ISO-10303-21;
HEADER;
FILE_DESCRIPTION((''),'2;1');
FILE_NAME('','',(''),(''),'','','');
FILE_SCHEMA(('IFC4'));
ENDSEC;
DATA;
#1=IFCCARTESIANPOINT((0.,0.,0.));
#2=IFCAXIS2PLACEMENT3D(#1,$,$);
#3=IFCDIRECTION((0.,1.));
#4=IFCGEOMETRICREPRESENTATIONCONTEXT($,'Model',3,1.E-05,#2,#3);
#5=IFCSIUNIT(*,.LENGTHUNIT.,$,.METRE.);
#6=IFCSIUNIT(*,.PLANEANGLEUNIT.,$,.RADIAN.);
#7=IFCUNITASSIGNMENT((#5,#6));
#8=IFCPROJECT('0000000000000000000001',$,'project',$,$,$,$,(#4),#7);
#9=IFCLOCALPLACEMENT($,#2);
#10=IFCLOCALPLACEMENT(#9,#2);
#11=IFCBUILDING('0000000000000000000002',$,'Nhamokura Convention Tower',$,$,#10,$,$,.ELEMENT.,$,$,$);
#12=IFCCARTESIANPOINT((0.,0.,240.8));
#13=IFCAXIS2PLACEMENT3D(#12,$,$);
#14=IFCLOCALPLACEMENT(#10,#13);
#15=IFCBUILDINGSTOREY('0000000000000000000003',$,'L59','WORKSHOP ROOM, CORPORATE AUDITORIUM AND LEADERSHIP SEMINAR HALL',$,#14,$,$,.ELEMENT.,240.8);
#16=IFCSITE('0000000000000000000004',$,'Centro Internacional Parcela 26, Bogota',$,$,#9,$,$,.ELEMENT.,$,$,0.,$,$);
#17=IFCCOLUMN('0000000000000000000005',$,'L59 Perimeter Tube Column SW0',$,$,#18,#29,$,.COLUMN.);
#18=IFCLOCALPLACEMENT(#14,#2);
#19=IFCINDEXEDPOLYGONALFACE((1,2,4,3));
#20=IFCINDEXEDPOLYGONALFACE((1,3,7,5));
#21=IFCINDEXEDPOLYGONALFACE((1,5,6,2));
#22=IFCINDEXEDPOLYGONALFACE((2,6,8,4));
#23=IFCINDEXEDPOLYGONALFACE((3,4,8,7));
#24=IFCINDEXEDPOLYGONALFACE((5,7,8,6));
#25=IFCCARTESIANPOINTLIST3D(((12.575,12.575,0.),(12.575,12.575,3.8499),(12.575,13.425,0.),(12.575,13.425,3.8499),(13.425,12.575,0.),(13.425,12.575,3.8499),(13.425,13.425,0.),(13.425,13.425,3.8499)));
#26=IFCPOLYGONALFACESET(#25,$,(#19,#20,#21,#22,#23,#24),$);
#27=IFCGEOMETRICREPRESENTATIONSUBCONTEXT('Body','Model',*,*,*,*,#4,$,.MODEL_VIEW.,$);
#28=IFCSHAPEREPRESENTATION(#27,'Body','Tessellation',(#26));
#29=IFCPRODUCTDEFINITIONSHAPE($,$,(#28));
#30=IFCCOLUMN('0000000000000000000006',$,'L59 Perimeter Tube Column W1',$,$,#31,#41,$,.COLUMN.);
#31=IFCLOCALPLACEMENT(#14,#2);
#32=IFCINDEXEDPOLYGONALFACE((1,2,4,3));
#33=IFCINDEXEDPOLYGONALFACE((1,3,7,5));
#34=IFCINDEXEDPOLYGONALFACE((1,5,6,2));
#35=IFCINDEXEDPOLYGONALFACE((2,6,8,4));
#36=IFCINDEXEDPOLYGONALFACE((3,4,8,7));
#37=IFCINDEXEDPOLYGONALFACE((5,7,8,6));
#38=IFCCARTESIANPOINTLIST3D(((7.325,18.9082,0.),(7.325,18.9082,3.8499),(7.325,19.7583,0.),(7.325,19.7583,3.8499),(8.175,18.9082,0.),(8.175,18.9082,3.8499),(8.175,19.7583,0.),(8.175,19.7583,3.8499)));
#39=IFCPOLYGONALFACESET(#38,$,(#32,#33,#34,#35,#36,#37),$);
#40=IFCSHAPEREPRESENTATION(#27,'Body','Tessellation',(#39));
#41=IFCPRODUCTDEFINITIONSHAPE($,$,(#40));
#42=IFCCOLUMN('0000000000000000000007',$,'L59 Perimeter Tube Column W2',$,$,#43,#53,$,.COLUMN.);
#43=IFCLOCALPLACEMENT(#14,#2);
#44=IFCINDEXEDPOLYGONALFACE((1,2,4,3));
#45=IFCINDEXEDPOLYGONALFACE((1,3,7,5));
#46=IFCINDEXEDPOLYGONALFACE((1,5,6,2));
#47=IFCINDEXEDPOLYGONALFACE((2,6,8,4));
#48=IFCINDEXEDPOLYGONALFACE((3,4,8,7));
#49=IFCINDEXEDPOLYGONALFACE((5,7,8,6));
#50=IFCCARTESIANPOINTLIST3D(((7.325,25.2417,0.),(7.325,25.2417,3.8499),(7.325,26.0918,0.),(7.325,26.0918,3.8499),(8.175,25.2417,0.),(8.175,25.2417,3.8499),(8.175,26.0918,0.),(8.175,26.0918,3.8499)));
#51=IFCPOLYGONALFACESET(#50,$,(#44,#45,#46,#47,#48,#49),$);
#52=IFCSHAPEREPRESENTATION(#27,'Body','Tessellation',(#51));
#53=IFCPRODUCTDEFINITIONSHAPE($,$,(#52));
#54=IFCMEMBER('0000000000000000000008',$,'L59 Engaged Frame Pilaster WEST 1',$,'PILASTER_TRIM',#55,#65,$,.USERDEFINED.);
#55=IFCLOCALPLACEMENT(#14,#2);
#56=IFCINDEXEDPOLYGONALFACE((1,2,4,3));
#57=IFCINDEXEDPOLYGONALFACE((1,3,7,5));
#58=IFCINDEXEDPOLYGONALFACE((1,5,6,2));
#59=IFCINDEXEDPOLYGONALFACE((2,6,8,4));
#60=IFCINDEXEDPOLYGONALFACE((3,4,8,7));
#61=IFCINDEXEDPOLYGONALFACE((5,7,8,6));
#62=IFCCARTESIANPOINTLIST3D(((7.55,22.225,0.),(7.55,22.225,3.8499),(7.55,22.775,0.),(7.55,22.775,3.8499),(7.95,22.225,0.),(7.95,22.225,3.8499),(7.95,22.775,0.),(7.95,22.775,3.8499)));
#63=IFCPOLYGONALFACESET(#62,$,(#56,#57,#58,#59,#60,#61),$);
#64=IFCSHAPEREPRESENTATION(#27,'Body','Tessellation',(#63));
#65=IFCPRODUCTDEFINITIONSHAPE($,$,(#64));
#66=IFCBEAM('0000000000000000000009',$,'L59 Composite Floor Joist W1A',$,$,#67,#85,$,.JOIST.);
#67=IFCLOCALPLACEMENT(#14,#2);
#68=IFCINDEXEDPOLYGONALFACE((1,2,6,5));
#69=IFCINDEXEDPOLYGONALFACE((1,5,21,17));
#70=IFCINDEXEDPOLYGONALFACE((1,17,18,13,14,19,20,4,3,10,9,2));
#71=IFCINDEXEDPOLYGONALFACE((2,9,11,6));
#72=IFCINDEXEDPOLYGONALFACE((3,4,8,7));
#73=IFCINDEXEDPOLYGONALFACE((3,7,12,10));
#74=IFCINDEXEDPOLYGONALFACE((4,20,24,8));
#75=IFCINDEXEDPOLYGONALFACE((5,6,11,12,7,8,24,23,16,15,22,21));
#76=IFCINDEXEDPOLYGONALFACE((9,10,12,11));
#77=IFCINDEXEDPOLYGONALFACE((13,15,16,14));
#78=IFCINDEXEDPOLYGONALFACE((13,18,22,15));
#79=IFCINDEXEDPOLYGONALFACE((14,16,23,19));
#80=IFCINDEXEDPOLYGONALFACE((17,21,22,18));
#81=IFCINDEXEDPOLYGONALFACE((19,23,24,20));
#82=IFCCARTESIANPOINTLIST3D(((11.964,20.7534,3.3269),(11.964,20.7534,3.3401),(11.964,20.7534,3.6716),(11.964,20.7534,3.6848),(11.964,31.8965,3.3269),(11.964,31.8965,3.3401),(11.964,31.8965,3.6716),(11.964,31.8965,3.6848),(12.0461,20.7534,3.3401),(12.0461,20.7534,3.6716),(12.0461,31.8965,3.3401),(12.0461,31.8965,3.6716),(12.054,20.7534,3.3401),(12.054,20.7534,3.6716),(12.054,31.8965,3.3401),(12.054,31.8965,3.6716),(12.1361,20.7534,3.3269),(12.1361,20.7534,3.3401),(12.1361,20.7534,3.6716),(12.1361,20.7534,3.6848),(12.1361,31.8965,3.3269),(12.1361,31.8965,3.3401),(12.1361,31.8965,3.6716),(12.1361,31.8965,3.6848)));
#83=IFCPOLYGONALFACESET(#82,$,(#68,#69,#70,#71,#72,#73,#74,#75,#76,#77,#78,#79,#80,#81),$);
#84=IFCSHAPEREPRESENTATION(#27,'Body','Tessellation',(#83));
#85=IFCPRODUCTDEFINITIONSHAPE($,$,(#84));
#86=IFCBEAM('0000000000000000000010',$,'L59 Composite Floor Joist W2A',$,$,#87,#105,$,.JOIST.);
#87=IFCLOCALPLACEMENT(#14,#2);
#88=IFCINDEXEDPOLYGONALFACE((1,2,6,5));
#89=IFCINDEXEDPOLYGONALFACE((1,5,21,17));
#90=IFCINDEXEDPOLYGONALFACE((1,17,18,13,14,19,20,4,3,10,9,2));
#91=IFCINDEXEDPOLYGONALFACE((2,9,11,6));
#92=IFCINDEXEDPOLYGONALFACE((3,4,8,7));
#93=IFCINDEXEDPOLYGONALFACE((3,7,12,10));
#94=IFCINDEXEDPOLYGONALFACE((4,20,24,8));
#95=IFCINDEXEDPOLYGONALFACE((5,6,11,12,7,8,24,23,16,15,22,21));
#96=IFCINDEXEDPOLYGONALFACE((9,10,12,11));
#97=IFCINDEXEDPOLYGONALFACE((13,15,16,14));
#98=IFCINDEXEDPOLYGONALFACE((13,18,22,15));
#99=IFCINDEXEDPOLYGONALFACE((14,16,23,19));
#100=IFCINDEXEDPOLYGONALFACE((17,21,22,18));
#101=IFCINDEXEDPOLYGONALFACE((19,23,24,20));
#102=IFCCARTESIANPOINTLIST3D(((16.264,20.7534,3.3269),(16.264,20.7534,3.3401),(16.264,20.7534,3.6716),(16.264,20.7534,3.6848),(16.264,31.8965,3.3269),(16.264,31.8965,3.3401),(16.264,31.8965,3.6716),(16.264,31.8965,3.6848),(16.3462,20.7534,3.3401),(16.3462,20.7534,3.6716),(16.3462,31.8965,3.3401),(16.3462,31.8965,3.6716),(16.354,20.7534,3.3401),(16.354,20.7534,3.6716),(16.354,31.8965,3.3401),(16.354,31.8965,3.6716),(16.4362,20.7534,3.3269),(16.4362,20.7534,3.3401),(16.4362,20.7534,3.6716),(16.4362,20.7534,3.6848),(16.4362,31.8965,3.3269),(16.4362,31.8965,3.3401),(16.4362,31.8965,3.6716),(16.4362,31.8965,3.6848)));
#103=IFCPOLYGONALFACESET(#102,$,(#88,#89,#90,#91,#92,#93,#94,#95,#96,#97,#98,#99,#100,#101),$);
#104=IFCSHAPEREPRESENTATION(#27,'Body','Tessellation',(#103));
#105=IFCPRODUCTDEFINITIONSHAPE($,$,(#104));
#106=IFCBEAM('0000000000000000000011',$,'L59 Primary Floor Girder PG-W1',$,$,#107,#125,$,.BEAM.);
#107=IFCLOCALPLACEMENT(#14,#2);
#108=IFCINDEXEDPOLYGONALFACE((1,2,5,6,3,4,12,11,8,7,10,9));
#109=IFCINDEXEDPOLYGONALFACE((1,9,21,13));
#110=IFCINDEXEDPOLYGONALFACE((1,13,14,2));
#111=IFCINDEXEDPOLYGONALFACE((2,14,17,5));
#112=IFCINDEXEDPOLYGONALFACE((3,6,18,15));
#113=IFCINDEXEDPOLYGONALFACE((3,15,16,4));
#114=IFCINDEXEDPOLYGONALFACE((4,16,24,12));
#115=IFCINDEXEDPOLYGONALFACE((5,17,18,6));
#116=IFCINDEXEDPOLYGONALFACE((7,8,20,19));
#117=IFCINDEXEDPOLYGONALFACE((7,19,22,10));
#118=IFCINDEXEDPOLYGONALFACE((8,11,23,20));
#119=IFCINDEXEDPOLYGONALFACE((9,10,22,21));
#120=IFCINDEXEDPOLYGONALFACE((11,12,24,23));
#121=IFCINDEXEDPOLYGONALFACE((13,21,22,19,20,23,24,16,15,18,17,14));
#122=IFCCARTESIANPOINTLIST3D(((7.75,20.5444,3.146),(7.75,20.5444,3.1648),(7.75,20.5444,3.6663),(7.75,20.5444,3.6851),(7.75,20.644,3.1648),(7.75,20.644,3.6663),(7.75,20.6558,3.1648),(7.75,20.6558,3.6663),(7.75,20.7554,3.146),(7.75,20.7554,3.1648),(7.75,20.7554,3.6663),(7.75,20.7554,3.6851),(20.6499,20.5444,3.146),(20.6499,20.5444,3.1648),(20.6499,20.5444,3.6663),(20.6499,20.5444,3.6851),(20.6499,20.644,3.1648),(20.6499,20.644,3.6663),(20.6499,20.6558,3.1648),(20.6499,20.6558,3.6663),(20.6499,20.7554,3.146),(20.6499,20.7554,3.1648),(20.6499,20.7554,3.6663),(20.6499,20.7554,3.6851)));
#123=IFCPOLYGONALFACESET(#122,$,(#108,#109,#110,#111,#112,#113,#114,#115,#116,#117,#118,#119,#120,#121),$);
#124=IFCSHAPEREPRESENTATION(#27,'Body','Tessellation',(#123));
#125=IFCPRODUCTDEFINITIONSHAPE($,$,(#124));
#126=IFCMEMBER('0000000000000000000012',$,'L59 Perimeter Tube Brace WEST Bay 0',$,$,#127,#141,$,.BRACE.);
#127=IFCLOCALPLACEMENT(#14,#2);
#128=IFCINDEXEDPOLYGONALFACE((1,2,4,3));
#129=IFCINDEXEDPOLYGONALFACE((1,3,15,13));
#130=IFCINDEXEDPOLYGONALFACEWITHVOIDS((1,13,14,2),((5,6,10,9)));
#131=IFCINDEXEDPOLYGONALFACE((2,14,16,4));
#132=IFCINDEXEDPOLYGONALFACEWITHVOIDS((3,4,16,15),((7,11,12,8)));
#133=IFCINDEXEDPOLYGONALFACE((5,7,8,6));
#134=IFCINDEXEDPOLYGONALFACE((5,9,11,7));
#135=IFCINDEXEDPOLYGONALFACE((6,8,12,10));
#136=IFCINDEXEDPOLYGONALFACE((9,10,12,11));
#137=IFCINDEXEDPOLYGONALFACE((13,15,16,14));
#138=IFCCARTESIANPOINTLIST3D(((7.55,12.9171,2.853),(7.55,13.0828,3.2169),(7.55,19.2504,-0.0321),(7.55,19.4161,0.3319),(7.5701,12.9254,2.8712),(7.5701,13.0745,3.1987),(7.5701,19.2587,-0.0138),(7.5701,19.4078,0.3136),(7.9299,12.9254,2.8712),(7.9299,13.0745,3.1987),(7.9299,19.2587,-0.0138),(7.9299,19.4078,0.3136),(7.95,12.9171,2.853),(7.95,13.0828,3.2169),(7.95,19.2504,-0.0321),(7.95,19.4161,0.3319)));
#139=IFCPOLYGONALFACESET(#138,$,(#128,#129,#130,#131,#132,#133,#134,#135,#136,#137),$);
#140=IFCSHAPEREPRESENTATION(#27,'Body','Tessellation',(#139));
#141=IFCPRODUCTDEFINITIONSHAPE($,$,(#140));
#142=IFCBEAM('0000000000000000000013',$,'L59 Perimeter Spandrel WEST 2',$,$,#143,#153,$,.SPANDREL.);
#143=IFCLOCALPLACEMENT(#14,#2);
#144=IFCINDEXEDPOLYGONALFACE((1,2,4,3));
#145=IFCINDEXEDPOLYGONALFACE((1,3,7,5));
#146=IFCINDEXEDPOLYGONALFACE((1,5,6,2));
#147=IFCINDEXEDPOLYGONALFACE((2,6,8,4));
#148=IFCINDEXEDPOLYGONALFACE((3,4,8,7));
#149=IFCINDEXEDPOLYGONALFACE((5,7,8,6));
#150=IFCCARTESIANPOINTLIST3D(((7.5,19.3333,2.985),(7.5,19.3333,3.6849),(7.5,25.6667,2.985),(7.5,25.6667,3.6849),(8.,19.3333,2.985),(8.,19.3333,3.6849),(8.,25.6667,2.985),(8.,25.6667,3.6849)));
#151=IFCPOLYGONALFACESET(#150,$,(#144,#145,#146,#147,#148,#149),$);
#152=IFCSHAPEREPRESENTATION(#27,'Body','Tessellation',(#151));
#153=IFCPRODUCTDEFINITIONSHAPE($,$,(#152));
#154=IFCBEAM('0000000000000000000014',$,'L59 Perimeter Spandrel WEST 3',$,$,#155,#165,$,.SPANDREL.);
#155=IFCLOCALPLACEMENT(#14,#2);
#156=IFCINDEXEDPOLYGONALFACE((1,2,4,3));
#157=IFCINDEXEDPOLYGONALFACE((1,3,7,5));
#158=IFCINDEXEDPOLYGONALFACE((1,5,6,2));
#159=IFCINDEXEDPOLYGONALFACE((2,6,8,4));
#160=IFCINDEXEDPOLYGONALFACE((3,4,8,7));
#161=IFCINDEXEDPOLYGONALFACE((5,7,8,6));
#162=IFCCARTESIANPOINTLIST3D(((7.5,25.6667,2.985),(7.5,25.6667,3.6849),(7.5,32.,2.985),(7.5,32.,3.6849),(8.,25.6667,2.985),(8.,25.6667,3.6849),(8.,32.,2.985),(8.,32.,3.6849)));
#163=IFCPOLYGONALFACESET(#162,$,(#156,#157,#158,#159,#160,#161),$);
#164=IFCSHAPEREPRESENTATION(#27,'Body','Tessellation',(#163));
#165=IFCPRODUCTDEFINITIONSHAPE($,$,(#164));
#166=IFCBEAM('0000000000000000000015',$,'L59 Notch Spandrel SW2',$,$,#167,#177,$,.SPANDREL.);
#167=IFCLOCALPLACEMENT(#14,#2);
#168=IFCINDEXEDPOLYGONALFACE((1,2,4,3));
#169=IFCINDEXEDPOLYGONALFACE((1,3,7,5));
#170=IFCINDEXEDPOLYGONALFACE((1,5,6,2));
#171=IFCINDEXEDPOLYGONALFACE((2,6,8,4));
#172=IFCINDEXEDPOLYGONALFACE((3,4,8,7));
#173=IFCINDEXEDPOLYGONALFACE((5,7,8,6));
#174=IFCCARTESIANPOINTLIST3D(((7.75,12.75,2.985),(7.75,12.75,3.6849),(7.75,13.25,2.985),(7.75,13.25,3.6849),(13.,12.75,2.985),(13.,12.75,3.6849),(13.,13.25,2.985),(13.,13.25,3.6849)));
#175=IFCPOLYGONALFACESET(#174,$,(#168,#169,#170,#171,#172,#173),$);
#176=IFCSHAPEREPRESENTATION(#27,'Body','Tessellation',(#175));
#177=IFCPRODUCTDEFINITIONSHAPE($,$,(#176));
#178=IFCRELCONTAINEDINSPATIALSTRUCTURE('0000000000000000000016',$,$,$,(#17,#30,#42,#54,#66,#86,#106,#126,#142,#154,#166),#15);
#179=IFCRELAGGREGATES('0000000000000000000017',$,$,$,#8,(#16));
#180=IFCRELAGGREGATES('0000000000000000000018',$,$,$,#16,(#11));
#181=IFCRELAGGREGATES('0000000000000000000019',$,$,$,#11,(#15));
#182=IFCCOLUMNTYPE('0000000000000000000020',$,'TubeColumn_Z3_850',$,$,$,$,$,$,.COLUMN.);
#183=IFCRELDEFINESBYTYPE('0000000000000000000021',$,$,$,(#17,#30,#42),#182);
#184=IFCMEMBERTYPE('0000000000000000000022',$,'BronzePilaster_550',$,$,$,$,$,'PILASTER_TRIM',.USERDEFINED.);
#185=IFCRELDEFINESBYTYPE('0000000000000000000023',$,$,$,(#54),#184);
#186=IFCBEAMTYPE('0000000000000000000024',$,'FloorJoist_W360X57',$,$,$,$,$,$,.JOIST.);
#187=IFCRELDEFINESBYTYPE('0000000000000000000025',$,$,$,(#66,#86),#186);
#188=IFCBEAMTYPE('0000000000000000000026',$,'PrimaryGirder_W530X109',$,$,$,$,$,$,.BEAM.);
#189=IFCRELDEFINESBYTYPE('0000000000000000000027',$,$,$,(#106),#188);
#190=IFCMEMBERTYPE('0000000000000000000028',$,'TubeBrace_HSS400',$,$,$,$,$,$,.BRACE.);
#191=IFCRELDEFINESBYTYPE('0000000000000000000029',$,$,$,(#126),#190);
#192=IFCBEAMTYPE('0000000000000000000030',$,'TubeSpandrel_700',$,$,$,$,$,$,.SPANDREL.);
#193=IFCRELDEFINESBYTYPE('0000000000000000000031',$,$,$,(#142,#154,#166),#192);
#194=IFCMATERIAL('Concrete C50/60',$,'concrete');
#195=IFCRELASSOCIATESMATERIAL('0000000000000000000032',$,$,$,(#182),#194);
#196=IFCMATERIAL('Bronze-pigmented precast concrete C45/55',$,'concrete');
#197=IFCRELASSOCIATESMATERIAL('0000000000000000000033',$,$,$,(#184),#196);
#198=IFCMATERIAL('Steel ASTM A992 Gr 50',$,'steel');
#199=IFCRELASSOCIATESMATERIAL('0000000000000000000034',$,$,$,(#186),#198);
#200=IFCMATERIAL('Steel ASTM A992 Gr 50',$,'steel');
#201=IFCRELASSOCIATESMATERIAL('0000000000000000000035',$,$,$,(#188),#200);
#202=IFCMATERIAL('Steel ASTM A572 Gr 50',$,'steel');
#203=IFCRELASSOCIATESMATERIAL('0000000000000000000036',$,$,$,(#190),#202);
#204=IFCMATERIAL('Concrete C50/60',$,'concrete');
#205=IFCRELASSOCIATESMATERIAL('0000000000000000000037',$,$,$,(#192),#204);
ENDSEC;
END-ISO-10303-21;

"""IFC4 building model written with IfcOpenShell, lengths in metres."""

from ifc_helpers import new_model, si_unit, direction, frame, origin, origin_2d, place, context, subcontext, project, spatial, rectangle, hollow_rectangle, i_section, extrude, material, material_profile, profile_set, type_object, element, save


model = new_model("IFC4")

# Units and contexts
model_context = context("Model", 3, precision=1e-05, world=origin(), true_north=direction((0.0, 1.0)))
body_context = subcontext(model_context, "Body", "Model", "MODEL_VIEW")
ifc_project = project(units=[si_unit("LENGTHUNIT", "METRE"), si_unit("PLANEANGLEUNIT", "RADIAN")], contexts=[model_context])

# Site, building, storey
site_placement = place(None, origin())
site = spatial("IfcSite", under=ifc_project, at=site_placement, Name="Centro Internacional Parcela 26, Bogota", CompositionType="ELEMENT", RefElevation=0.0)
building_placement = place(site_placement, origin())
building = spatial("IfcBuilding", under=site, at=building_placement, Name="Nhamokura Convention Tower", CompositionType="ELEMENT")
storey_placement = place(building_placement, frame((0.0, 0.0, 240.8)))
storey = spatial("IfcBuildingStorey", under=building, at=storey_placement, Name="L59", Description="WORKSHOP ROOM, CORPORATE AUDITORIUM AND LEADERSHIP SEMINAR HALL", CompositionType="ELEMENT", Elevation=240.8)

# Columns
ifc_material_1 = material(Name="Concrete C50/60", Category="concrete")
ifc_material_profile_1 = material_profile(ifc_material_1, rectangle(XDim=0.8501, YDim=0.8501, at=origin_2d()))
ifc_profile_set_1 = profile_set([ifc_material_profile_1], Name="Concrete C50/60")
column_type = type_object("IfcColumnType", Name="TubeColumn_Z3_850", PredefinedType="COLUMN", material=ifc_profile_set_1)
for number, where, z_axis, x_axis, name in (
    (1, (13.0, 13.0, 0.0), (0.0, 0.0, 1.0), (1.0, 0.0, 0.0), "L59 Perimeter Tube Column SW0"),
    (2, (7.75, 19.3333, 0.0), (0.0, 0.0, 1.0), (1.0, 0.0, 0.0), "L59 Perimeter Tube Column W1"),
    (3, (7.75, 25.6667, 0.0), (0.0, 0.0, 1.0), (1.0, 0.0, 0.0), "L59 Perimeter Tube Column W2"),
):
    element("IfcColumn", number, at=place(storey_placement, frame(where, z_axis=z_axis, x_axis=x_axis)), inside=storey, type_object=column_type, Name=name, PredefinedType="COLUMN", context=body_context, shape_type="SweptSolid", body=[
        extrude(rectangle(XDim=0.8501, YDim=0.8501, at=origin_2d()), origin(), (0.0, 0.0, 1.0), 3.8499),
    ])

# Member
ifc_material_2 = material(Name="Bronze-pigmented precast concrete C45/55", Category="concrete")
ifc_material_profile_2 = material_profile(ifc_material_2, rectangle(XDim=0.3999, YDim=0.55, at=origin_2d()))
ifc_profile_set_2 = profile_set([ifc_material_profile_2], Name="Bronze-pigmented precast concrete C45/55")
member_type_1 = type_object("IfcMemberType", Name="BronzePilaster_550", ElementType="PILASTER_TRIM", PredefinedType="USERDEFINED", material=ifc_profile_set_2)
member_1_placement = place(storey_placement, frame((7.75, 22.5, 0.0), z_axis=(0.0, 0.0, 1.0), x_axis=(1.0, 0.0, 0.0)))
element("IfcMember", 4, at=member_1_placement, inside=storey, type_object=member_type_1, Name="L59 Engaged Frame Pilaster WEST 1", ObjectType="PILASTER_TRIM", PredefinedType="USERDEFINED", context=body_context, shape_type="SweptSolid", body=[
    extrude(rectangle(XDim=0.3999, YDim=0.55, at=origin_2d()), origin(), (0.0, 0.0, 1.0), 3.8499),
])

# Beams
ifc_material_3 = material(Name="Steel ASTM A992 Gr 50", Category="steel")
ifc_material_profile_3 = material_profile(ifc_material_3, i_section(OverallWidth=0.1721, OverallDepth=0.3579, WebThickness=0.0078, FlangeThickness=0.0132, at=origin_2d()))
ifc_profile_set_3 = profile_set([ifc_material_profile_3], Name="Steel ASTM A992 Gr 50")
beam_type_1 = type_object("IfcBeamType", Name="FloorJoist_W360X57", PredefinedType="JOIST", material=ifc_profile_set_3)
for number, where, z_axis, x_axis, name in (
    (5, (12.05, 20.7534, 3.5059), (0.0, 1.0, 0.0), (-1.0, 0.0, 0.0), "L59 Composite Floor Joist W1A"),
    (6, (16.3501, 20.7534, 3.5059), (0.0, 1.0, 0.0), (-1.0, 0.0, 0.0), "L59 Composite Floor Joist W2A"),
):
    element("IfcBeam", number, at=place(storey_placement, frame(where, z_axis=z_axis, x_axis=x_axis)), inside=storey, type_object=beam_type_1, Name=name, PredefinedType="JOIST", context=body_context, shape_type="SweptSolid", body=[
        extrude(i_section(OverallWidth=0.1721, OverallDepth=0.3579, WebThickness=0.0078, FlangeThickness=0.0132, at=origin_2d()), origin(), (0.0, 0.0, 1.0), 11.1431),
    ])
ifc_material_4 = material(Name="Steel ASTM A992 Gr 50", Category="steel")
ifc_material_profile_4 = material_profile(ifc_material_4, i_section(OverallWidth=0.2109, OverallDepth=0.5391, WebThickness=0.0117, FlangeThickness=0.0188, at=origin_2d()))
ifc_profile_set_4 = profile_set([ifc_material_profile_4], Name="Steel ASTM A992 Gr 50")
beam_type_2 = type_object("IfcBeamType", Name="PrimaryGirder_W530X109", PredefinedType="BEAM", material=ifc_profile_set_4)
beam_1_placement = place(storey_placement, frame((7.75, 20.6499, 3.4155), z_axis=(1.0, 0.0, 0.0), x_axis=(0.0, 1.0, 0.0)))
element("IfcBeam", 7, at=beam_1_placement, inside=storey, type_object=beam_type_2, Name="L59 Primary Floor Girder PG-W1", PredefinedType="BEAM", context=body_context, shape_type="SweptSolid", body=[
    extrude(i_section(OverallWidth=0.2109, OverallDepth=0.5391, WebThickness=0.0117, FlangeThickness=0.0188, at=origin_2d()), origin(), (0.0, 0.0, 1.0), 12.8999),
])

# Member
ifc_material_5 = material(Name="Steel ASTM A572 Gr 50", Category="steel")
ifc_material_profile_5 = material_profile(ifc_material_5, hollow_rectangle(XDim=0.3999, YDim=0.3999, WallThickness=0.02, at=origin_2d()))
ifc_profile_set_5 = profile_set([ifc_material_profile_5], Name="Steel ASTM A572 Gr 50")
member_type_2 = type_object("IfcMemberType", Name="TubeBrace_HSS400", PredefinedType="BRACE", material=ifc_profile_set_5)
member_2_placement = place(storey_placement, frame((7.75, 19.3333, 0.1499), z_axis=(0.0, -0.910027, 0.414548), x_axis=(1.0, 0.0, 0.0)))
element("IfcMember", 8, at=member_2_placement, inside=storey, type_object=member_type_2, Name="L59 Perimeter Tube Brace WEST Bay 0", PredefinedType="BRACE", context=body_context, shape_type="SweptSolid", body=[
    extrude(hollow_rectangle(XDim=0.3999, YDim=0.3999, WallThickness=0.02, at=origin_2d()), origin(), (0.0, 0.0, 1.0), 6.9595),
])

# Beams
ifc_material_6 = material(Name="Concrete C50/60", Category="concrete")
ifc_material_profile_6 = material_profile(ifc_material_6, rectangle(XDim=0.5, YDim=0.7, at=origin_2d()))
ifc_profile_set_6 = profile_set([ifc_material_profile_6], Name="Concrete C50/60")
beam_type_3 = type_object("IfcBeamType", Name="TubeSpandrel_700", PredefinedType="SPANDREL", material=ifc_profile_set_6)
beam_2_placement = place(storey_placement, frame((7.75, 19.3333, 3.335), z_axis=(0.0, 1.0, 0.0), x_axis=(-1.0, 0.0, 0.0)))
element("IfcBeam", 9, at=beam_2_placement, inside=storey, type_object=beam_type_3, Name="L59 Perimeter Spandrel WEST 2", PredefinedType="SPANDREL", context=body_context, shape_type="SweptSolid", body=[
    extrude(rectangle(XDim=0.5, YDim=0.7, at=origin_2d()), origin(), (0.0, 0.0, 1.0), 6.3335),
])
beam_3_placement = place(storey_placement, frame((7.75, 25.6667, 3.335), z_axis=(0.0, 1.0, 0.0), x_axis=(-1.0, 0.0, 0.0)))
element("IfcBeam", 10, at=beam_3_placement, inside=storey, type_object=beam_type_3, Name="L59 Perimeter Spandrel WEST 3", PredefinedType="SPANDREL", context=body_context, shape_type="SweptSolid", body=[
    extrude(rectangle(XDim=0.5, YDim=0.7, at=origin_2d()), origin(), (0.0, 0.0, 1.0), 6.3333),
])
beam_4_placement = place(storey_placement, frame((13.0, 13.0, 3.335), z_axis=(-1.0, 0.0, 0.0), x_axis=(0.0, -1.0, 0.0)))
element("IfcBeam", 11, at=beam_4_placement, inside=storey, type_object=beam_type_3, Name="L59 Notch Spandrel SW2", PredefinedType="SPANDREL", context=body_context, shape_type="SweptSolid", body=[
    extrude(rectangle(XDim=0.5, YDim=0.7, at=origin_2d()), origin(), (0.0, 0.0, 1.0), 5.25),
])

save(model, "model.ifc")
